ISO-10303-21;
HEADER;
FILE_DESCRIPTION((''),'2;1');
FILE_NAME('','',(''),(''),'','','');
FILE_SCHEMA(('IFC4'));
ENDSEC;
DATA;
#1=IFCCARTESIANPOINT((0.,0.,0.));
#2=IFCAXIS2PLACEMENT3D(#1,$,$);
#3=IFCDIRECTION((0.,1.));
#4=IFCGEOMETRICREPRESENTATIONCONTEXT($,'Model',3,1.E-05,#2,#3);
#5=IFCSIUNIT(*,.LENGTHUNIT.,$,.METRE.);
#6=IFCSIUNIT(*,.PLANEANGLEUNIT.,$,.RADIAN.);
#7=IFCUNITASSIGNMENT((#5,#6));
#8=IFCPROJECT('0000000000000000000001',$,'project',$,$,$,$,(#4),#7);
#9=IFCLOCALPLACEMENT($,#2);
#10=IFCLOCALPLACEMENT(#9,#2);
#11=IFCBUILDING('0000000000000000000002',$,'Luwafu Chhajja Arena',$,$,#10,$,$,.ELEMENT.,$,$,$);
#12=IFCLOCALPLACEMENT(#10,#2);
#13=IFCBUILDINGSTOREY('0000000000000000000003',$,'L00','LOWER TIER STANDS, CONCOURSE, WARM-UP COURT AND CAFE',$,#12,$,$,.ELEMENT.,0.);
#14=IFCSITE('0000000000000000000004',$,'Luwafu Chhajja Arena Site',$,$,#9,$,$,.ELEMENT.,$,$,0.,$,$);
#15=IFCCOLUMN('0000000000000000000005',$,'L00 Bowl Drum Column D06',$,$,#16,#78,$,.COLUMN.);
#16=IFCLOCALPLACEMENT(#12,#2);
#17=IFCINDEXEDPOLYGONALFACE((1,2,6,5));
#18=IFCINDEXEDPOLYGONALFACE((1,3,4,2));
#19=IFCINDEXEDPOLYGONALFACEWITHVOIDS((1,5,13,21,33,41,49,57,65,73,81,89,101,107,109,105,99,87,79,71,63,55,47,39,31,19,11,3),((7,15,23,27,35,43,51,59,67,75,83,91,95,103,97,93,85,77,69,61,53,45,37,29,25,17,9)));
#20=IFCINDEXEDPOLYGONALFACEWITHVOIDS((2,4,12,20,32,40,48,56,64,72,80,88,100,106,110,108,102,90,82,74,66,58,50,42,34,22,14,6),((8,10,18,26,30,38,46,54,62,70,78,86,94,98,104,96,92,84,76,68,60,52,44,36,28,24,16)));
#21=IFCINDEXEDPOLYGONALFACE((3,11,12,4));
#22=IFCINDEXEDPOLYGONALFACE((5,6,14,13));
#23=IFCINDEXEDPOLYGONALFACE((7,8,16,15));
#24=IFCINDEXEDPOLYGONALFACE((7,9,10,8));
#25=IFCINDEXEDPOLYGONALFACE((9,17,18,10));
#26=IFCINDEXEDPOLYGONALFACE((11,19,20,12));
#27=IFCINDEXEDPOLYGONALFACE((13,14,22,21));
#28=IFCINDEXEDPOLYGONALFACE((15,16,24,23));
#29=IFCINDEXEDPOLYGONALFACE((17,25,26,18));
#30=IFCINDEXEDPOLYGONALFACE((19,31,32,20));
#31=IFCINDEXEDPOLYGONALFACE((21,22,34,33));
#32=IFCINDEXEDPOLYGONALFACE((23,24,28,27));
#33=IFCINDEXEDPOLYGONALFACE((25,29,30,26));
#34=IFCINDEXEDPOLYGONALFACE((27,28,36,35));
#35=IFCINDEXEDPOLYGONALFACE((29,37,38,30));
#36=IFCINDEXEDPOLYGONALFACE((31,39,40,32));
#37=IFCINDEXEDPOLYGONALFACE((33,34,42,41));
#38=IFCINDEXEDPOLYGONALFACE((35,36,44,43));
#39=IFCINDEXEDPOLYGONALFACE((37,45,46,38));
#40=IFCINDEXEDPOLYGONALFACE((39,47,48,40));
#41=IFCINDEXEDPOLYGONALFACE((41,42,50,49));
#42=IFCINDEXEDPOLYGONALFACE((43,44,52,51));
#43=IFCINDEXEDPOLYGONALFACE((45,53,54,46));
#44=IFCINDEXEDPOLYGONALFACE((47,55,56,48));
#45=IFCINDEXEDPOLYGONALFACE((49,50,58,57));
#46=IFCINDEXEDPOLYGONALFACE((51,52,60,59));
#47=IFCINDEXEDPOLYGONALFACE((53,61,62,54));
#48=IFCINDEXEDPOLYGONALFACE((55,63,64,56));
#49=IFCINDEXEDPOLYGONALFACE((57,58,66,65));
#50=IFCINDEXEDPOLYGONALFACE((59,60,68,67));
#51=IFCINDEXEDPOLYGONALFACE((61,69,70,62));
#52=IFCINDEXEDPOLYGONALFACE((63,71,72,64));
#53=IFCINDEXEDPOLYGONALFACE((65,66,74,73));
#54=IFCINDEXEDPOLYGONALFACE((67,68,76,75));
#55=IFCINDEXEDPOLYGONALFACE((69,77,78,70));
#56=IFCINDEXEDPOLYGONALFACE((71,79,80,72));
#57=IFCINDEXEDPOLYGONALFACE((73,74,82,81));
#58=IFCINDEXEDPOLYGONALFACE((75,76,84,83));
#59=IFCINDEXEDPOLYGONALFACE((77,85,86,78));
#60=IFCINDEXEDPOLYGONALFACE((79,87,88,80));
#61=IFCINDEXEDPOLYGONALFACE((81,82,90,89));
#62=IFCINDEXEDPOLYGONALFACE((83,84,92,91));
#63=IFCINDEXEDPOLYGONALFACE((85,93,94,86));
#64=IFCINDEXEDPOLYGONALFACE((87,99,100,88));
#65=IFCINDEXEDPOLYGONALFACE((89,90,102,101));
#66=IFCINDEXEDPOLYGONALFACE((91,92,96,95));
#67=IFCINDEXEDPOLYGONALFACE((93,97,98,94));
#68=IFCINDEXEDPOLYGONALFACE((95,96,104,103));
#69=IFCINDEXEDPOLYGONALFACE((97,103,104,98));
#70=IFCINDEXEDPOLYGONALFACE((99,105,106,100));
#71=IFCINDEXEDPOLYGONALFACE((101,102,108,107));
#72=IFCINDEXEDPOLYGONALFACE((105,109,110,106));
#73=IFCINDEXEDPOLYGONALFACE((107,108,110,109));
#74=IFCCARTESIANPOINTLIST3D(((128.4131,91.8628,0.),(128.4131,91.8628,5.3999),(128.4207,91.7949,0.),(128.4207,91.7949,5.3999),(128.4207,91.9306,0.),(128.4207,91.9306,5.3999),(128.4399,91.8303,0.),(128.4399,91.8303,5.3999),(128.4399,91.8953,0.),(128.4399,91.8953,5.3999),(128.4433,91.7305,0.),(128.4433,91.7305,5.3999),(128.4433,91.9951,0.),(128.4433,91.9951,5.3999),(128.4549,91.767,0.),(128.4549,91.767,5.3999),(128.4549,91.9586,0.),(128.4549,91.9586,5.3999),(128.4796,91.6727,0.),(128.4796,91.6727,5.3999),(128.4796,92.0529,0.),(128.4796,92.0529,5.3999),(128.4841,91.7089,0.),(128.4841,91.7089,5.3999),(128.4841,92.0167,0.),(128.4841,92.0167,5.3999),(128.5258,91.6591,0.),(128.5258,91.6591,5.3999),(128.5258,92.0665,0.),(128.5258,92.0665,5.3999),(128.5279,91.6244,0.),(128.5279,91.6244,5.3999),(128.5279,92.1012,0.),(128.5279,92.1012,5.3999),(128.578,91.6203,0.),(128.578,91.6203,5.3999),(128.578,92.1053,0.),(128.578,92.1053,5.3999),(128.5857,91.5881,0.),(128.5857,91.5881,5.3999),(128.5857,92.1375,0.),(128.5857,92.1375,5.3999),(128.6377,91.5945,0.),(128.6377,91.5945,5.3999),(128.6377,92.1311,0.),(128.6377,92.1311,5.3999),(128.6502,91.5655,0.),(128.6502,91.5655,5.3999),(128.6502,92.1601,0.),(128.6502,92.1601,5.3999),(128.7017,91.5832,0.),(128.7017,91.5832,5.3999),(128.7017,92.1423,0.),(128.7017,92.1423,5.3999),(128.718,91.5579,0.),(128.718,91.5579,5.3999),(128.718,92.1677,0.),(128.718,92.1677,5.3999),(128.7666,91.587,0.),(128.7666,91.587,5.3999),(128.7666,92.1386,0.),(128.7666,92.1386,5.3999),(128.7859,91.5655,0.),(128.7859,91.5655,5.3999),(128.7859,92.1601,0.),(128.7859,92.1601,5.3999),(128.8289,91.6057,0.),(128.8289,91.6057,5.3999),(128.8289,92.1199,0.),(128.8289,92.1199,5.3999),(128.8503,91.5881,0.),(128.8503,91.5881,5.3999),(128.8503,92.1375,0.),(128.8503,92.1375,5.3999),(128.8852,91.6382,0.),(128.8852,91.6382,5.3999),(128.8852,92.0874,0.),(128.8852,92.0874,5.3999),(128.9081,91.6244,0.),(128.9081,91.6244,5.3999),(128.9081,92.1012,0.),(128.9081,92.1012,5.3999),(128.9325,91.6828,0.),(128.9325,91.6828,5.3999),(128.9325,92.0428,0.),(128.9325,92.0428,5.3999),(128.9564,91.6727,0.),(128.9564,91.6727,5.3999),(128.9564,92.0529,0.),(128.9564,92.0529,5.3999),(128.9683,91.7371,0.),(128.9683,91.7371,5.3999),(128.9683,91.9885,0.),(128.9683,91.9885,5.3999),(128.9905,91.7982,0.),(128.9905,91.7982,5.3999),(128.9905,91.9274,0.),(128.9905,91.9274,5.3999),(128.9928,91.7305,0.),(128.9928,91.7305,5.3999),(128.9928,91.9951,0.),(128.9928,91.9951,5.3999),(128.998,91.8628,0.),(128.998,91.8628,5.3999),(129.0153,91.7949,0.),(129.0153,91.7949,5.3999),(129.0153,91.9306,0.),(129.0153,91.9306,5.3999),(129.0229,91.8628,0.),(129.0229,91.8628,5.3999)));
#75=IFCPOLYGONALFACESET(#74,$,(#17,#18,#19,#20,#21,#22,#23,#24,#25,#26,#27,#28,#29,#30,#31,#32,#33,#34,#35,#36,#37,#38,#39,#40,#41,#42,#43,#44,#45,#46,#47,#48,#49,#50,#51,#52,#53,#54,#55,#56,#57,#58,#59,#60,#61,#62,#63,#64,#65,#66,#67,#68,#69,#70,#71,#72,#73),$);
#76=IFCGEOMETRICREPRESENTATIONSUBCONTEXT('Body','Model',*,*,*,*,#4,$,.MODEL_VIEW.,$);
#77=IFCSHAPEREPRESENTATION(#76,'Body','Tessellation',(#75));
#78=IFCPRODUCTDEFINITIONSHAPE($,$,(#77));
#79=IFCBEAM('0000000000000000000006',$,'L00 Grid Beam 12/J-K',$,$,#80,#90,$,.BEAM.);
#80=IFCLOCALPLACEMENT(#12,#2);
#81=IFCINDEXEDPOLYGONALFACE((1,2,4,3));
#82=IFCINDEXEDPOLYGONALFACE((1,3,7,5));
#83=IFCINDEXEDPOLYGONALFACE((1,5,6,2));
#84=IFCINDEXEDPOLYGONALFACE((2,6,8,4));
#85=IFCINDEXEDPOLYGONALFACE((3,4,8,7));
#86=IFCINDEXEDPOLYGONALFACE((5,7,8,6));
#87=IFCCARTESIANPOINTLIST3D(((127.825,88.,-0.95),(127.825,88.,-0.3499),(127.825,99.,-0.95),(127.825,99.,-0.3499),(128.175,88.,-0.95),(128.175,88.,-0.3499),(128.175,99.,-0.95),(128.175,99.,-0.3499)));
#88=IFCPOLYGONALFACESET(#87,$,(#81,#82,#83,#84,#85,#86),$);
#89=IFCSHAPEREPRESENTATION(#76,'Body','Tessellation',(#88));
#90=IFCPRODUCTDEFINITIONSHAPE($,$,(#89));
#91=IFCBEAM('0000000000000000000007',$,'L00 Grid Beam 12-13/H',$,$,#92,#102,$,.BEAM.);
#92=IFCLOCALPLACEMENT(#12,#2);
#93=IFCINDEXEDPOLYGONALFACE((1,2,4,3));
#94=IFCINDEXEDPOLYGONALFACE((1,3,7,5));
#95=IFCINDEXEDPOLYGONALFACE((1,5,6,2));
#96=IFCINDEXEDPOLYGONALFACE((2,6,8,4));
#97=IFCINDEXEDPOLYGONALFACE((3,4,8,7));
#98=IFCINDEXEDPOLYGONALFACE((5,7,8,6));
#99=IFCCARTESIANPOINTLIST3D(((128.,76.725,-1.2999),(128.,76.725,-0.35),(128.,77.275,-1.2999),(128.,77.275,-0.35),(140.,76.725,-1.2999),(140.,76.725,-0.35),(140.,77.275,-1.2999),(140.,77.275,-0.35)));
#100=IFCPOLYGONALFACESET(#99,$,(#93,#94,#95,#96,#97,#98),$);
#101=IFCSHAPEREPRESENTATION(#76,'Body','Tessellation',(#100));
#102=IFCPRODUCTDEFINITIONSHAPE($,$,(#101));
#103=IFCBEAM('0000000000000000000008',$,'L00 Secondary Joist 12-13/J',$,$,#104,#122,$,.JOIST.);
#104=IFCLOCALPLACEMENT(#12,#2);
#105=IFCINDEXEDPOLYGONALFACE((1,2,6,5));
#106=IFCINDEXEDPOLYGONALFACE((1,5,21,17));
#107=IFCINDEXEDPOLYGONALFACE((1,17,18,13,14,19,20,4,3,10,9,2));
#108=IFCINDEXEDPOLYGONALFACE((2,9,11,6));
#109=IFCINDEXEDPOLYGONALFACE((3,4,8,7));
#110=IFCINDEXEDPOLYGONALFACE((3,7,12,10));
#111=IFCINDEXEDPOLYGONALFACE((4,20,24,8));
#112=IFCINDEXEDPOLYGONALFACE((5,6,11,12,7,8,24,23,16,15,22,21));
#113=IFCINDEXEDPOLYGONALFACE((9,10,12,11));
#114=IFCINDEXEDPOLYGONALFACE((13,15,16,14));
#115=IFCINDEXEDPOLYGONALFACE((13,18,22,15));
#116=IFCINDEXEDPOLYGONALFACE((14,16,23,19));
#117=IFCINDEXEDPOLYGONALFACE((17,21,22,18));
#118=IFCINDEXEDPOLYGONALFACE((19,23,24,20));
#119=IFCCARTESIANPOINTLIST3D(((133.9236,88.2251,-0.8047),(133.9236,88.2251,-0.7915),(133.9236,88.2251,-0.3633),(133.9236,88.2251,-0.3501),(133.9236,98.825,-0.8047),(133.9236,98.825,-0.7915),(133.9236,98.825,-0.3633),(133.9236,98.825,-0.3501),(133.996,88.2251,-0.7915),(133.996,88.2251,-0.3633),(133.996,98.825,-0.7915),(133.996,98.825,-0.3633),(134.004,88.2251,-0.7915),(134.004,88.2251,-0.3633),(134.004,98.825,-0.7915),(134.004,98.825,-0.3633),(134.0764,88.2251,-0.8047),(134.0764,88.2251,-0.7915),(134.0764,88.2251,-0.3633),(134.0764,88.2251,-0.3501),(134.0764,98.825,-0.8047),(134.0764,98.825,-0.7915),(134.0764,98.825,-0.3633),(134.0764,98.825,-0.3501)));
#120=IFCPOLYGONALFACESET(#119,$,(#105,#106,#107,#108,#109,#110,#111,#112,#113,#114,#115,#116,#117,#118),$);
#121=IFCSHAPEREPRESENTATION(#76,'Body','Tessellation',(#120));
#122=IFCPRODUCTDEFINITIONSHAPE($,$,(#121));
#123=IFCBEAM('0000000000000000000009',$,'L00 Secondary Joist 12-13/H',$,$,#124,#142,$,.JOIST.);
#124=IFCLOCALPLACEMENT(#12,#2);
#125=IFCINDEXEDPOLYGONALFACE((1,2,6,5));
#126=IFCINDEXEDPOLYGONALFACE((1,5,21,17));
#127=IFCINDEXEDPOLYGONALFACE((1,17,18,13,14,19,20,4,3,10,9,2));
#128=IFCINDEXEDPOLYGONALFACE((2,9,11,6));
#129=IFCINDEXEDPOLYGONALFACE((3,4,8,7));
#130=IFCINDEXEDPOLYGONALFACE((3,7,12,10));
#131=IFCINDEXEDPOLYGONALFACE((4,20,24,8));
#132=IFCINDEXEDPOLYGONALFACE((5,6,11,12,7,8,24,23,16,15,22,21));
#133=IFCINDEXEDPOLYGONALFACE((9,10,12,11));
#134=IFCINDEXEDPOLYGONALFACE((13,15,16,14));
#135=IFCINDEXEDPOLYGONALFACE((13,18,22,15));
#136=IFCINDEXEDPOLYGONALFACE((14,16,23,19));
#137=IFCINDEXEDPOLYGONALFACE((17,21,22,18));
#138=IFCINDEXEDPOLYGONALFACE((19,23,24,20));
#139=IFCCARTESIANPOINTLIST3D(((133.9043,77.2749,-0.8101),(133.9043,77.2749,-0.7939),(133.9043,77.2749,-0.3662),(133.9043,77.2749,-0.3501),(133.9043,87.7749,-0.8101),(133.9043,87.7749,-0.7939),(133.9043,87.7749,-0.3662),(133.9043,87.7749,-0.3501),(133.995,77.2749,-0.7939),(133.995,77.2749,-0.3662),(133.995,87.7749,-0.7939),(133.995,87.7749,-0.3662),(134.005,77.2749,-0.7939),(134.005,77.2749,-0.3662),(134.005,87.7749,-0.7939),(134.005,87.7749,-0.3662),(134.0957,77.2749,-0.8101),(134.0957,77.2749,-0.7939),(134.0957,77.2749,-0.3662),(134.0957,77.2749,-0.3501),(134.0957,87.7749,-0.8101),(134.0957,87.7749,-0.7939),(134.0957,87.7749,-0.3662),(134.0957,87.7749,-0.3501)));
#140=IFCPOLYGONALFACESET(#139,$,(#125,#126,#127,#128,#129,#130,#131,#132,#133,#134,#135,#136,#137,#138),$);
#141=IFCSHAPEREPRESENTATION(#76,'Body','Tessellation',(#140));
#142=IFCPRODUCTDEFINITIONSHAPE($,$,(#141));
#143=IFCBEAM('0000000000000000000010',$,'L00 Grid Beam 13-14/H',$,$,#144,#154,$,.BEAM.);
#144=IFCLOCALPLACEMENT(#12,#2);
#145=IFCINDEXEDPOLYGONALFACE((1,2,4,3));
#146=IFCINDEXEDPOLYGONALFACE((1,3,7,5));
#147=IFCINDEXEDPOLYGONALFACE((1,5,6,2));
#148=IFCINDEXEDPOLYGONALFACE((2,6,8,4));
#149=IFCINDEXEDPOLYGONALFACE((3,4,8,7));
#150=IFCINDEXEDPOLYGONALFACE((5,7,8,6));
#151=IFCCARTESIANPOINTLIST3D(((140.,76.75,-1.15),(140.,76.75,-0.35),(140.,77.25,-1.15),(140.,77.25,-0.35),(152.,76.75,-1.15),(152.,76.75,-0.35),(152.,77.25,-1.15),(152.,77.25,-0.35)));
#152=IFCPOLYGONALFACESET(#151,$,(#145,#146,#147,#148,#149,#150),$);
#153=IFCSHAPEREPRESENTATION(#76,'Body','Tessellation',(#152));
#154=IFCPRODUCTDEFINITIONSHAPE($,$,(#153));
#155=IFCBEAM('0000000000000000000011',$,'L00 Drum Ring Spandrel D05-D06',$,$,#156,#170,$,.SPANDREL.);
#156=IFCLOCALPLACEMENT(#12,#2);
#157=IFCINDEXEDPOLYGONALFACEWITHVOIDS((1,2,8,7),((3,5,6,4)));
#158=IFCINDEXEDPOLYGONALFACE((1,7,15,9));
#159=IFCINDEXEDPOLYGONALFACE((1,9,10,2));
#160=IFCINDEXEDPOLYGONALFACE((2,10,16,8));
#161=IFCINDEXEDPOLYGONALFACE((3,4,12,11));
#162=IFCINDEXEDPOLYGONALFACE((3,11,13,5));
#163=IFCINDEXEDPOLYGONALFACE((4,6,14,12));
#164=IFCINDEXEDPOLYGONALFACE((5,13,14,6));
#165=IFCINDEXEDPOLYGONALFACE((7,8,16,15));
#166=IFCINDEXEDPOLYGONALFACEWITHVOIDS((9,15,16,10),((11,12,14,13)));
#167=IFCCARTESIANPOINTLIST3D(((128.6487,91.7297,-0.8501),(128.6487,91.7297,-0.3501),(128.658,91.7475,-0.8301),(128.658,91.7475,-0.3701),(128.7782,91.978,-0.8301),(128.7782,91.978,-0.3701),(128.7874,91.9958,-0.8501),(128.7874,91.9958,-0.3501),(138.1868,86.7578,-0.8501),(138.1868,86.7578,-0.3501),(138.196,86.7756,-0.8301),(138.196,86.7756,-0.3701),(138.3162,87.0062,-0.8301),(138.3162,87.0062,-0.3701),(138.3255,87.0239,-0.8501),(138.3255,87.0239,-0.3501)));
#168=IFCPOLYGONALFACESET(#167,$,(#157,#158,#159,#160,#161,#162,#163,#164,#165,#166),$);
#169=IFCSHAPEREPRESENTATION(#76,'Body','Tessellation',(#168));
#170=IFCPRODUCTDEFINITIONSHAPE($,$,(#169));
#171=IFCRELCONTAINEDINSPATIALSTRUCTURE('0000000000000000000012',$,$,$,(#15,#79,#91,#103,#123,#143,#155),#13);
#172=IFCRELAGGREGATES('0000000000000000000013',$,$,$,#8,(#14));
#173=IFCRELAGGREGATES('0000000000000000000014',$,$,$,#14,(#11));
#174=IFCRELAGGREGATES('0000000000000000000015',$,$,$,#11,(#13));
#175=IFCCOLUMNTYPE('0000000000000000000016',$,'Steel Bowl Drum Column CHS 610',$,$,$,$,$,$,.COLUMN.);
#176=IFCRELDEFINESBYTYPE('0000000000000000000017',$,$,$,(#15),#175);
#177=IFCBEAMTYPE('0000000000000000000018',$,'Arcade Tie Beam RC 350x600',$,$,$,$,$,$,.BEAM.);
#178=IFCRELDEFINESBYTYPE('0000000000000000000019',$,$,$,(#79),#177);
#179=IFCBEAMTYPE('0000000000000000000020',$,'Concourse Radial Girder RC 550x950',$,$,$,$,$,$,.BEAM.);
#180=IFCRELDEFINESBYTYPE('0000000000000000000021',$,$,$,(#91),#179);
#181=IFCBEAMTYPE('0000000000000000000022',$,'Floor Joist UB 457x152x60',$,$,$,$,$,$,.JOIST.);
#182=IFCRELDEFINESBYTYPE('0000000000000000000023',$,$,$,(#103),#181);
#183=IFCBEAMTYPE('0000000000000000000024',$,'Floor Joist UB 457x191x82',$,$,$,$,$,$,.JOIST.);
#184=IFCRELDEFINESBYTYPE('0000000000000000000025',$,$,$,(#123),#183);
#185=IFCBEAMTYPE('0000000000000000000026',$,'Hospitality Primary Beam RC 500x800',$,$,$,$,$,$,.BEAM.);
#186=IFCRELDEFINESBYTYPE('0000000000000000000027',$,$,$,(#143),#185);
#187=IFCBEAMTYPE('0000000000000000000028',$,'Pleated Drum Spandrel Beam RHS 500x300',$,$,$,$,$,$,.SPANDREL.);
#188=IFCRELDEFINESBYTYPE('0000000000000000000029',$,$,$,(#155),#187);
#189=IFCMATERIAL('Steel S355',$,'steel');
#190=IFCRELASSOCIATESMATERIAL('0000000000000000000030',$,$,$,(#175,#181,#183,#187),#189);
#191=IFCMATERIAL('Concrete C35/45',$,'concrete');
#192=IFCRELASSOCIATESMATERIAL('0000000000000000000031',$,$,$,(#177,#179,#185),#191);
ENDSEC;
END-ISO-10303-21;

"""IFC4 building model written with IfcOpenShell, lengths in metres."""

from ifc_helpers import new_model, si_unit, direction, frame, origin, origin_2d, place, context, subcontext, project, spatial, rectangle, hollow_rectangle, hollow_circle, i_section, extrude, material, material_profile, profile_set, type_object, element, save


model = new_model("IFC4")

# Units and contexts
model_context = context("Model", 3, precision=1e-05, world=origin(), true_north=direction((0.0, 1.0)))
body_context = subcontext(model_context, "Body", "Model", "MODEL_VIEW")
ifc_project = project(units=[si_unit("LENGTHUNIT", "METRE"), si_unit("PLANEANGLEUNIT", "RADIAN")], contexts=[model_context])

# Site, building, storey
site_placement = place(None, origin())
site = spatial("IfcSite", under=ifc_project, at=site_placement, Name="Luwafu Chhajja Arena Site", CompositionType="ELEMENT", RefElevation=0.0)
building_placement = place(site_placement, origin())
building = spatial("IfcBuilding", under=site, at=building_placement, Name="Luwafu Chhajja Arena", CompositionType="ELEMENT")
storey_placement = place(building_placement, origin())
storey = spatial("IfcBuildingStorey", under=building, at=storey_placement, Name="L00", Description="LOWER TIER STANDS, CONCOURSE, WARM-UP COURT AND CAFE", CompositionType="ELEMENT", Elevation=0.0)

# Column
ifc_material_1 = material(Name="Concrete C35/45", Category="concrete")
ifc_material_2 = material(Name="Steel S355", Category="steel")
ifc_material_profile_1 = material_profile(ifc_material_2, hollow_circle(Radius=0.3049, WallThickness=0.0249, at=origin_2d()), Name="CHS 610x25")
ifc_profile_set_1 = profile_set([ifc_material_profile_1], Name="Steel S355")
column_type_1 = type_object("IfcColumnType", Name="Steel Bowl Drum Column CHS 610", PredefinedType="COLUMN", material=ifc_profile_set_1)
for number, where, z_axis, x_axis, name in (
    (1, (128.718, 91.8628, 0.0), (0.0, 0.0, 1.0), (1.0, 0.0, 0.0), "L00 Bowl Drum Column D06"),
):
    element("IfcColumn", number, at=place(storey_placement, frame(where, z_axis=z_axis, x_axis=x_axis)), inside=storey, type_object=column_type_1, Name=name, PredefinedType="COLUMN", context=body_context, shape_type="SweptSolid", body=[
        extrude(hollow_circle(Radius=0.3049, WallThickness=0.0249, at=origin_2d()), origin(), (0.0, 0.0, 1.0), 5.3999),
    ])

# Beams
ifc_material_profile_2 = material_profile(ifc_material_1, rectangle(XDim=0.3501, YDim=0.6001, at=origin_2d()), Name="RC 350x600")
ifc_profile_set_2 = profile_set([ifc_material_profile_2], Name="Concrete C35/45")
beam_type_1 = type_object("IfcBeamType", Name="Arcade Tie Beam RC 350x600", PredefinedType="BEAM", material=ifc_profile_set_2)
beam_1_placement = place(storey_placement, frame((128.0, 88.0, -0.6499), z_axis=(0.0, 1.0, 0.0), x_axis=(-1.0, 0.0, 0.0)))
element("IfcBeam", 2, at=beam_1_placement, inside=storey, type_object=beam_type_1, Name="L00 Grid Beam 12/J-K", PredefinedType="BEAM", context=body_context, shape_type="SweptSolid", body=[
    extrude(rectangle(XDim=0.3501, YDim=0.6001, at=origin_2d()), origin(), (0.0, 0.0, 1.0), 11.0),
])
ifc_material_profile_3 = material_profile(ifc_material_1, rectangle(XDim=0.55, YDim=0.95, at=origin_2d()), Name="RC 550x950")
ifc_profile_set_3 = profile_set([ifc_material_profile_3], Name="Concrete C35/45")
beam_type_2 = type_object("IfcBeamType", Name="Concourse Radial Girder RC 550x950", PredefinedType="BEAM", material=ifc_profile_set_3)
beam_2_placement = place(storey_placement, frame((128.0, 77.0, -0.825), z_axis=(1.0, 0.0, 0.0), x_axis=(0.0, 1.0, 0.0)))
element("IfcBeam", 3, at=beam_2_placement, inside=storey, type_object=beam_type_2, Name="L00 Grid Beam 12-13/H", PredefinedType="BEAM", context=body_context, shape_type="SweptSolid", body=[
    extrude(rectangle(XDim=0.55, YDim=0.95, at=origin_2d()), origin(), (0.0, 0.0, 1.0), 12.0),
])
ifc_material_profile_4 = material_profile(ifc_material_2, i_section(OverallWidth=0.1528, OverallDepth=0.4546, WebThickness=0.0081, FlangeThickness=0.0132, at=origin_2d()), Name="UB 457x152x60")
ifc_profile_set_4 = profile_set([ifc_material_profile_4], Name="Steel S355")
beam_type_3 = type_object("IfcBeamType", Name="Floor Joist UB 457x152x60", PredefinedType="JOIST", material=ifc_profile_set_4)
beam_3_placement = place(storey_placement, frame((134.0, 88.2251, -0.5774), z_axis=(0.0, 1.0, 0.0), x_axis=(-1.0, 0.0, 0.0)))
element("IfcBeam", 4, at=beam_3_placement, inside=storey, type_object=beam_type_3, Name="L00 Secondary Joist 12-13/J", PredefinedType="JOIST", context=body_context, shape_type="SweptSolid", body=[
    extrude(i_section(OverallWidth=0.1528, OverallDepth=0.4546, WebThickness=0.0081, FlangeThickness=0.0132, at=origin_2d()), origin(), (0.0, 0.0, 1.0), 10.5999),
])
ifc_material_profile_5 = material_profile(ifc_material_2, i_section(OverallWidth=0.1914, OverallDepth=0.46, WebThickness=0.01, FlangeThickness=0.0161, at=origin_2d()), Name="UB 457x191x82")
ifc_profile_set_5 = profile_set([ifc_material_profile_5], Name="Steel S355")
beam_type_4 = type_object("IfcBeamType", Name="Floor Joist UB 457x191x82", PredefinedType="JOIST", material=ifc_profile_set_5)
beam_4_placement = place(storey_placement, frame((134.0, 77.2749, -0.5801), z_axis=(0.0, 1.0, 0.0), x_axis=(-1.0, 0.0, 0.0)))
element("IfcBeam", 5, at=beam_4_placement, inside=storey, type_object=beam_type_4, Name="L00 Secondary Joist 12-13/H", PredefinedType="JOIST", context=body_context, shape_type="SweptSolid", body=[
    extrude(i_section(OverallWidth=0.1914, OverallDepth=0.46, WebThickness=0.01, FlangeThickness=0.0161, at=origin_2d()), origin(), (0.0, 0.0, 1.0), 10.5),
])
ifc_material_profile_6 = material_profile(ifc_material_1, rectangle(XDim=0.5, YDim=0.8, at=origin_2d()), Name="RC 500x800")
ifc_profile_set_6 = profile_set([ifc_material_profile_6], Name="Concrete C35/45")
beam_type_5 = type_object("IfcBeamType", Name="Hospitality Primary Beam RC 500x800", PredefinedType="BEAM", material=ifc_profile_set_6)
beam_5_placement = place(storey_placement, frame((140.0, 77.0, -0.75), z_axis=(1.0, 0.0, 0.0), x_axis=(0.0, 1.0, 0.0)))
element("IfcBeam", 6, at=beam_5_placement, inside=storey, type_object=beam_type_5, Name="L00 Grid Beam 13-14/H", PredefinedType="BEAM", context=body_context, shape_type="SweptSolid", body=[
    extrude(rectangle(XDim=0.5, YDim=0.8, at=origin_2d()), origin(), (0.0, 0.0, 1.0), 12.0),
])
ifc_material_profile_7 = material_profile(ifc_material_2, hollow_rectangle(XDim=0.3, YDim=0.5, WallThickness=0.02, at=origin_2d()), Name="RHS 500x300x20")
ifc_profile_set_7 = profile_set([ifc_material_profile_7], Name="Steel S355")
beam_type_6 = type_object("IfcBeamType", Name="Pleated Drum Spandrel Beam RHS 500x300", PredefinedType="SPANDREL", material=ifc_profile_set_7)
beam_6_placement = place(storey_placement, frame((138.2561, 86.8909, -0.6001), z_axis=(-0.886755, 0.462239, 0.0), x_axis=(-0.462239, -0.886755, 0.0)))
element("IfcBeam", 7, at=beam_6_placement, inside=storey, type_object=beam_type_6, Name="L00 Drum Ring Spandrel D05-D06", PredefinedType="SPANDREL", context=body_context, shape_type="SweptSolid", body=[
    extrude(hollow_rectangle(XDim=0.3, YDim=0.5, WallThickness=0.02, at=origin_2d()), origin(), (0.0, 0.0, 1.0), 10.7561),
])

save(model, "model.ifc")
